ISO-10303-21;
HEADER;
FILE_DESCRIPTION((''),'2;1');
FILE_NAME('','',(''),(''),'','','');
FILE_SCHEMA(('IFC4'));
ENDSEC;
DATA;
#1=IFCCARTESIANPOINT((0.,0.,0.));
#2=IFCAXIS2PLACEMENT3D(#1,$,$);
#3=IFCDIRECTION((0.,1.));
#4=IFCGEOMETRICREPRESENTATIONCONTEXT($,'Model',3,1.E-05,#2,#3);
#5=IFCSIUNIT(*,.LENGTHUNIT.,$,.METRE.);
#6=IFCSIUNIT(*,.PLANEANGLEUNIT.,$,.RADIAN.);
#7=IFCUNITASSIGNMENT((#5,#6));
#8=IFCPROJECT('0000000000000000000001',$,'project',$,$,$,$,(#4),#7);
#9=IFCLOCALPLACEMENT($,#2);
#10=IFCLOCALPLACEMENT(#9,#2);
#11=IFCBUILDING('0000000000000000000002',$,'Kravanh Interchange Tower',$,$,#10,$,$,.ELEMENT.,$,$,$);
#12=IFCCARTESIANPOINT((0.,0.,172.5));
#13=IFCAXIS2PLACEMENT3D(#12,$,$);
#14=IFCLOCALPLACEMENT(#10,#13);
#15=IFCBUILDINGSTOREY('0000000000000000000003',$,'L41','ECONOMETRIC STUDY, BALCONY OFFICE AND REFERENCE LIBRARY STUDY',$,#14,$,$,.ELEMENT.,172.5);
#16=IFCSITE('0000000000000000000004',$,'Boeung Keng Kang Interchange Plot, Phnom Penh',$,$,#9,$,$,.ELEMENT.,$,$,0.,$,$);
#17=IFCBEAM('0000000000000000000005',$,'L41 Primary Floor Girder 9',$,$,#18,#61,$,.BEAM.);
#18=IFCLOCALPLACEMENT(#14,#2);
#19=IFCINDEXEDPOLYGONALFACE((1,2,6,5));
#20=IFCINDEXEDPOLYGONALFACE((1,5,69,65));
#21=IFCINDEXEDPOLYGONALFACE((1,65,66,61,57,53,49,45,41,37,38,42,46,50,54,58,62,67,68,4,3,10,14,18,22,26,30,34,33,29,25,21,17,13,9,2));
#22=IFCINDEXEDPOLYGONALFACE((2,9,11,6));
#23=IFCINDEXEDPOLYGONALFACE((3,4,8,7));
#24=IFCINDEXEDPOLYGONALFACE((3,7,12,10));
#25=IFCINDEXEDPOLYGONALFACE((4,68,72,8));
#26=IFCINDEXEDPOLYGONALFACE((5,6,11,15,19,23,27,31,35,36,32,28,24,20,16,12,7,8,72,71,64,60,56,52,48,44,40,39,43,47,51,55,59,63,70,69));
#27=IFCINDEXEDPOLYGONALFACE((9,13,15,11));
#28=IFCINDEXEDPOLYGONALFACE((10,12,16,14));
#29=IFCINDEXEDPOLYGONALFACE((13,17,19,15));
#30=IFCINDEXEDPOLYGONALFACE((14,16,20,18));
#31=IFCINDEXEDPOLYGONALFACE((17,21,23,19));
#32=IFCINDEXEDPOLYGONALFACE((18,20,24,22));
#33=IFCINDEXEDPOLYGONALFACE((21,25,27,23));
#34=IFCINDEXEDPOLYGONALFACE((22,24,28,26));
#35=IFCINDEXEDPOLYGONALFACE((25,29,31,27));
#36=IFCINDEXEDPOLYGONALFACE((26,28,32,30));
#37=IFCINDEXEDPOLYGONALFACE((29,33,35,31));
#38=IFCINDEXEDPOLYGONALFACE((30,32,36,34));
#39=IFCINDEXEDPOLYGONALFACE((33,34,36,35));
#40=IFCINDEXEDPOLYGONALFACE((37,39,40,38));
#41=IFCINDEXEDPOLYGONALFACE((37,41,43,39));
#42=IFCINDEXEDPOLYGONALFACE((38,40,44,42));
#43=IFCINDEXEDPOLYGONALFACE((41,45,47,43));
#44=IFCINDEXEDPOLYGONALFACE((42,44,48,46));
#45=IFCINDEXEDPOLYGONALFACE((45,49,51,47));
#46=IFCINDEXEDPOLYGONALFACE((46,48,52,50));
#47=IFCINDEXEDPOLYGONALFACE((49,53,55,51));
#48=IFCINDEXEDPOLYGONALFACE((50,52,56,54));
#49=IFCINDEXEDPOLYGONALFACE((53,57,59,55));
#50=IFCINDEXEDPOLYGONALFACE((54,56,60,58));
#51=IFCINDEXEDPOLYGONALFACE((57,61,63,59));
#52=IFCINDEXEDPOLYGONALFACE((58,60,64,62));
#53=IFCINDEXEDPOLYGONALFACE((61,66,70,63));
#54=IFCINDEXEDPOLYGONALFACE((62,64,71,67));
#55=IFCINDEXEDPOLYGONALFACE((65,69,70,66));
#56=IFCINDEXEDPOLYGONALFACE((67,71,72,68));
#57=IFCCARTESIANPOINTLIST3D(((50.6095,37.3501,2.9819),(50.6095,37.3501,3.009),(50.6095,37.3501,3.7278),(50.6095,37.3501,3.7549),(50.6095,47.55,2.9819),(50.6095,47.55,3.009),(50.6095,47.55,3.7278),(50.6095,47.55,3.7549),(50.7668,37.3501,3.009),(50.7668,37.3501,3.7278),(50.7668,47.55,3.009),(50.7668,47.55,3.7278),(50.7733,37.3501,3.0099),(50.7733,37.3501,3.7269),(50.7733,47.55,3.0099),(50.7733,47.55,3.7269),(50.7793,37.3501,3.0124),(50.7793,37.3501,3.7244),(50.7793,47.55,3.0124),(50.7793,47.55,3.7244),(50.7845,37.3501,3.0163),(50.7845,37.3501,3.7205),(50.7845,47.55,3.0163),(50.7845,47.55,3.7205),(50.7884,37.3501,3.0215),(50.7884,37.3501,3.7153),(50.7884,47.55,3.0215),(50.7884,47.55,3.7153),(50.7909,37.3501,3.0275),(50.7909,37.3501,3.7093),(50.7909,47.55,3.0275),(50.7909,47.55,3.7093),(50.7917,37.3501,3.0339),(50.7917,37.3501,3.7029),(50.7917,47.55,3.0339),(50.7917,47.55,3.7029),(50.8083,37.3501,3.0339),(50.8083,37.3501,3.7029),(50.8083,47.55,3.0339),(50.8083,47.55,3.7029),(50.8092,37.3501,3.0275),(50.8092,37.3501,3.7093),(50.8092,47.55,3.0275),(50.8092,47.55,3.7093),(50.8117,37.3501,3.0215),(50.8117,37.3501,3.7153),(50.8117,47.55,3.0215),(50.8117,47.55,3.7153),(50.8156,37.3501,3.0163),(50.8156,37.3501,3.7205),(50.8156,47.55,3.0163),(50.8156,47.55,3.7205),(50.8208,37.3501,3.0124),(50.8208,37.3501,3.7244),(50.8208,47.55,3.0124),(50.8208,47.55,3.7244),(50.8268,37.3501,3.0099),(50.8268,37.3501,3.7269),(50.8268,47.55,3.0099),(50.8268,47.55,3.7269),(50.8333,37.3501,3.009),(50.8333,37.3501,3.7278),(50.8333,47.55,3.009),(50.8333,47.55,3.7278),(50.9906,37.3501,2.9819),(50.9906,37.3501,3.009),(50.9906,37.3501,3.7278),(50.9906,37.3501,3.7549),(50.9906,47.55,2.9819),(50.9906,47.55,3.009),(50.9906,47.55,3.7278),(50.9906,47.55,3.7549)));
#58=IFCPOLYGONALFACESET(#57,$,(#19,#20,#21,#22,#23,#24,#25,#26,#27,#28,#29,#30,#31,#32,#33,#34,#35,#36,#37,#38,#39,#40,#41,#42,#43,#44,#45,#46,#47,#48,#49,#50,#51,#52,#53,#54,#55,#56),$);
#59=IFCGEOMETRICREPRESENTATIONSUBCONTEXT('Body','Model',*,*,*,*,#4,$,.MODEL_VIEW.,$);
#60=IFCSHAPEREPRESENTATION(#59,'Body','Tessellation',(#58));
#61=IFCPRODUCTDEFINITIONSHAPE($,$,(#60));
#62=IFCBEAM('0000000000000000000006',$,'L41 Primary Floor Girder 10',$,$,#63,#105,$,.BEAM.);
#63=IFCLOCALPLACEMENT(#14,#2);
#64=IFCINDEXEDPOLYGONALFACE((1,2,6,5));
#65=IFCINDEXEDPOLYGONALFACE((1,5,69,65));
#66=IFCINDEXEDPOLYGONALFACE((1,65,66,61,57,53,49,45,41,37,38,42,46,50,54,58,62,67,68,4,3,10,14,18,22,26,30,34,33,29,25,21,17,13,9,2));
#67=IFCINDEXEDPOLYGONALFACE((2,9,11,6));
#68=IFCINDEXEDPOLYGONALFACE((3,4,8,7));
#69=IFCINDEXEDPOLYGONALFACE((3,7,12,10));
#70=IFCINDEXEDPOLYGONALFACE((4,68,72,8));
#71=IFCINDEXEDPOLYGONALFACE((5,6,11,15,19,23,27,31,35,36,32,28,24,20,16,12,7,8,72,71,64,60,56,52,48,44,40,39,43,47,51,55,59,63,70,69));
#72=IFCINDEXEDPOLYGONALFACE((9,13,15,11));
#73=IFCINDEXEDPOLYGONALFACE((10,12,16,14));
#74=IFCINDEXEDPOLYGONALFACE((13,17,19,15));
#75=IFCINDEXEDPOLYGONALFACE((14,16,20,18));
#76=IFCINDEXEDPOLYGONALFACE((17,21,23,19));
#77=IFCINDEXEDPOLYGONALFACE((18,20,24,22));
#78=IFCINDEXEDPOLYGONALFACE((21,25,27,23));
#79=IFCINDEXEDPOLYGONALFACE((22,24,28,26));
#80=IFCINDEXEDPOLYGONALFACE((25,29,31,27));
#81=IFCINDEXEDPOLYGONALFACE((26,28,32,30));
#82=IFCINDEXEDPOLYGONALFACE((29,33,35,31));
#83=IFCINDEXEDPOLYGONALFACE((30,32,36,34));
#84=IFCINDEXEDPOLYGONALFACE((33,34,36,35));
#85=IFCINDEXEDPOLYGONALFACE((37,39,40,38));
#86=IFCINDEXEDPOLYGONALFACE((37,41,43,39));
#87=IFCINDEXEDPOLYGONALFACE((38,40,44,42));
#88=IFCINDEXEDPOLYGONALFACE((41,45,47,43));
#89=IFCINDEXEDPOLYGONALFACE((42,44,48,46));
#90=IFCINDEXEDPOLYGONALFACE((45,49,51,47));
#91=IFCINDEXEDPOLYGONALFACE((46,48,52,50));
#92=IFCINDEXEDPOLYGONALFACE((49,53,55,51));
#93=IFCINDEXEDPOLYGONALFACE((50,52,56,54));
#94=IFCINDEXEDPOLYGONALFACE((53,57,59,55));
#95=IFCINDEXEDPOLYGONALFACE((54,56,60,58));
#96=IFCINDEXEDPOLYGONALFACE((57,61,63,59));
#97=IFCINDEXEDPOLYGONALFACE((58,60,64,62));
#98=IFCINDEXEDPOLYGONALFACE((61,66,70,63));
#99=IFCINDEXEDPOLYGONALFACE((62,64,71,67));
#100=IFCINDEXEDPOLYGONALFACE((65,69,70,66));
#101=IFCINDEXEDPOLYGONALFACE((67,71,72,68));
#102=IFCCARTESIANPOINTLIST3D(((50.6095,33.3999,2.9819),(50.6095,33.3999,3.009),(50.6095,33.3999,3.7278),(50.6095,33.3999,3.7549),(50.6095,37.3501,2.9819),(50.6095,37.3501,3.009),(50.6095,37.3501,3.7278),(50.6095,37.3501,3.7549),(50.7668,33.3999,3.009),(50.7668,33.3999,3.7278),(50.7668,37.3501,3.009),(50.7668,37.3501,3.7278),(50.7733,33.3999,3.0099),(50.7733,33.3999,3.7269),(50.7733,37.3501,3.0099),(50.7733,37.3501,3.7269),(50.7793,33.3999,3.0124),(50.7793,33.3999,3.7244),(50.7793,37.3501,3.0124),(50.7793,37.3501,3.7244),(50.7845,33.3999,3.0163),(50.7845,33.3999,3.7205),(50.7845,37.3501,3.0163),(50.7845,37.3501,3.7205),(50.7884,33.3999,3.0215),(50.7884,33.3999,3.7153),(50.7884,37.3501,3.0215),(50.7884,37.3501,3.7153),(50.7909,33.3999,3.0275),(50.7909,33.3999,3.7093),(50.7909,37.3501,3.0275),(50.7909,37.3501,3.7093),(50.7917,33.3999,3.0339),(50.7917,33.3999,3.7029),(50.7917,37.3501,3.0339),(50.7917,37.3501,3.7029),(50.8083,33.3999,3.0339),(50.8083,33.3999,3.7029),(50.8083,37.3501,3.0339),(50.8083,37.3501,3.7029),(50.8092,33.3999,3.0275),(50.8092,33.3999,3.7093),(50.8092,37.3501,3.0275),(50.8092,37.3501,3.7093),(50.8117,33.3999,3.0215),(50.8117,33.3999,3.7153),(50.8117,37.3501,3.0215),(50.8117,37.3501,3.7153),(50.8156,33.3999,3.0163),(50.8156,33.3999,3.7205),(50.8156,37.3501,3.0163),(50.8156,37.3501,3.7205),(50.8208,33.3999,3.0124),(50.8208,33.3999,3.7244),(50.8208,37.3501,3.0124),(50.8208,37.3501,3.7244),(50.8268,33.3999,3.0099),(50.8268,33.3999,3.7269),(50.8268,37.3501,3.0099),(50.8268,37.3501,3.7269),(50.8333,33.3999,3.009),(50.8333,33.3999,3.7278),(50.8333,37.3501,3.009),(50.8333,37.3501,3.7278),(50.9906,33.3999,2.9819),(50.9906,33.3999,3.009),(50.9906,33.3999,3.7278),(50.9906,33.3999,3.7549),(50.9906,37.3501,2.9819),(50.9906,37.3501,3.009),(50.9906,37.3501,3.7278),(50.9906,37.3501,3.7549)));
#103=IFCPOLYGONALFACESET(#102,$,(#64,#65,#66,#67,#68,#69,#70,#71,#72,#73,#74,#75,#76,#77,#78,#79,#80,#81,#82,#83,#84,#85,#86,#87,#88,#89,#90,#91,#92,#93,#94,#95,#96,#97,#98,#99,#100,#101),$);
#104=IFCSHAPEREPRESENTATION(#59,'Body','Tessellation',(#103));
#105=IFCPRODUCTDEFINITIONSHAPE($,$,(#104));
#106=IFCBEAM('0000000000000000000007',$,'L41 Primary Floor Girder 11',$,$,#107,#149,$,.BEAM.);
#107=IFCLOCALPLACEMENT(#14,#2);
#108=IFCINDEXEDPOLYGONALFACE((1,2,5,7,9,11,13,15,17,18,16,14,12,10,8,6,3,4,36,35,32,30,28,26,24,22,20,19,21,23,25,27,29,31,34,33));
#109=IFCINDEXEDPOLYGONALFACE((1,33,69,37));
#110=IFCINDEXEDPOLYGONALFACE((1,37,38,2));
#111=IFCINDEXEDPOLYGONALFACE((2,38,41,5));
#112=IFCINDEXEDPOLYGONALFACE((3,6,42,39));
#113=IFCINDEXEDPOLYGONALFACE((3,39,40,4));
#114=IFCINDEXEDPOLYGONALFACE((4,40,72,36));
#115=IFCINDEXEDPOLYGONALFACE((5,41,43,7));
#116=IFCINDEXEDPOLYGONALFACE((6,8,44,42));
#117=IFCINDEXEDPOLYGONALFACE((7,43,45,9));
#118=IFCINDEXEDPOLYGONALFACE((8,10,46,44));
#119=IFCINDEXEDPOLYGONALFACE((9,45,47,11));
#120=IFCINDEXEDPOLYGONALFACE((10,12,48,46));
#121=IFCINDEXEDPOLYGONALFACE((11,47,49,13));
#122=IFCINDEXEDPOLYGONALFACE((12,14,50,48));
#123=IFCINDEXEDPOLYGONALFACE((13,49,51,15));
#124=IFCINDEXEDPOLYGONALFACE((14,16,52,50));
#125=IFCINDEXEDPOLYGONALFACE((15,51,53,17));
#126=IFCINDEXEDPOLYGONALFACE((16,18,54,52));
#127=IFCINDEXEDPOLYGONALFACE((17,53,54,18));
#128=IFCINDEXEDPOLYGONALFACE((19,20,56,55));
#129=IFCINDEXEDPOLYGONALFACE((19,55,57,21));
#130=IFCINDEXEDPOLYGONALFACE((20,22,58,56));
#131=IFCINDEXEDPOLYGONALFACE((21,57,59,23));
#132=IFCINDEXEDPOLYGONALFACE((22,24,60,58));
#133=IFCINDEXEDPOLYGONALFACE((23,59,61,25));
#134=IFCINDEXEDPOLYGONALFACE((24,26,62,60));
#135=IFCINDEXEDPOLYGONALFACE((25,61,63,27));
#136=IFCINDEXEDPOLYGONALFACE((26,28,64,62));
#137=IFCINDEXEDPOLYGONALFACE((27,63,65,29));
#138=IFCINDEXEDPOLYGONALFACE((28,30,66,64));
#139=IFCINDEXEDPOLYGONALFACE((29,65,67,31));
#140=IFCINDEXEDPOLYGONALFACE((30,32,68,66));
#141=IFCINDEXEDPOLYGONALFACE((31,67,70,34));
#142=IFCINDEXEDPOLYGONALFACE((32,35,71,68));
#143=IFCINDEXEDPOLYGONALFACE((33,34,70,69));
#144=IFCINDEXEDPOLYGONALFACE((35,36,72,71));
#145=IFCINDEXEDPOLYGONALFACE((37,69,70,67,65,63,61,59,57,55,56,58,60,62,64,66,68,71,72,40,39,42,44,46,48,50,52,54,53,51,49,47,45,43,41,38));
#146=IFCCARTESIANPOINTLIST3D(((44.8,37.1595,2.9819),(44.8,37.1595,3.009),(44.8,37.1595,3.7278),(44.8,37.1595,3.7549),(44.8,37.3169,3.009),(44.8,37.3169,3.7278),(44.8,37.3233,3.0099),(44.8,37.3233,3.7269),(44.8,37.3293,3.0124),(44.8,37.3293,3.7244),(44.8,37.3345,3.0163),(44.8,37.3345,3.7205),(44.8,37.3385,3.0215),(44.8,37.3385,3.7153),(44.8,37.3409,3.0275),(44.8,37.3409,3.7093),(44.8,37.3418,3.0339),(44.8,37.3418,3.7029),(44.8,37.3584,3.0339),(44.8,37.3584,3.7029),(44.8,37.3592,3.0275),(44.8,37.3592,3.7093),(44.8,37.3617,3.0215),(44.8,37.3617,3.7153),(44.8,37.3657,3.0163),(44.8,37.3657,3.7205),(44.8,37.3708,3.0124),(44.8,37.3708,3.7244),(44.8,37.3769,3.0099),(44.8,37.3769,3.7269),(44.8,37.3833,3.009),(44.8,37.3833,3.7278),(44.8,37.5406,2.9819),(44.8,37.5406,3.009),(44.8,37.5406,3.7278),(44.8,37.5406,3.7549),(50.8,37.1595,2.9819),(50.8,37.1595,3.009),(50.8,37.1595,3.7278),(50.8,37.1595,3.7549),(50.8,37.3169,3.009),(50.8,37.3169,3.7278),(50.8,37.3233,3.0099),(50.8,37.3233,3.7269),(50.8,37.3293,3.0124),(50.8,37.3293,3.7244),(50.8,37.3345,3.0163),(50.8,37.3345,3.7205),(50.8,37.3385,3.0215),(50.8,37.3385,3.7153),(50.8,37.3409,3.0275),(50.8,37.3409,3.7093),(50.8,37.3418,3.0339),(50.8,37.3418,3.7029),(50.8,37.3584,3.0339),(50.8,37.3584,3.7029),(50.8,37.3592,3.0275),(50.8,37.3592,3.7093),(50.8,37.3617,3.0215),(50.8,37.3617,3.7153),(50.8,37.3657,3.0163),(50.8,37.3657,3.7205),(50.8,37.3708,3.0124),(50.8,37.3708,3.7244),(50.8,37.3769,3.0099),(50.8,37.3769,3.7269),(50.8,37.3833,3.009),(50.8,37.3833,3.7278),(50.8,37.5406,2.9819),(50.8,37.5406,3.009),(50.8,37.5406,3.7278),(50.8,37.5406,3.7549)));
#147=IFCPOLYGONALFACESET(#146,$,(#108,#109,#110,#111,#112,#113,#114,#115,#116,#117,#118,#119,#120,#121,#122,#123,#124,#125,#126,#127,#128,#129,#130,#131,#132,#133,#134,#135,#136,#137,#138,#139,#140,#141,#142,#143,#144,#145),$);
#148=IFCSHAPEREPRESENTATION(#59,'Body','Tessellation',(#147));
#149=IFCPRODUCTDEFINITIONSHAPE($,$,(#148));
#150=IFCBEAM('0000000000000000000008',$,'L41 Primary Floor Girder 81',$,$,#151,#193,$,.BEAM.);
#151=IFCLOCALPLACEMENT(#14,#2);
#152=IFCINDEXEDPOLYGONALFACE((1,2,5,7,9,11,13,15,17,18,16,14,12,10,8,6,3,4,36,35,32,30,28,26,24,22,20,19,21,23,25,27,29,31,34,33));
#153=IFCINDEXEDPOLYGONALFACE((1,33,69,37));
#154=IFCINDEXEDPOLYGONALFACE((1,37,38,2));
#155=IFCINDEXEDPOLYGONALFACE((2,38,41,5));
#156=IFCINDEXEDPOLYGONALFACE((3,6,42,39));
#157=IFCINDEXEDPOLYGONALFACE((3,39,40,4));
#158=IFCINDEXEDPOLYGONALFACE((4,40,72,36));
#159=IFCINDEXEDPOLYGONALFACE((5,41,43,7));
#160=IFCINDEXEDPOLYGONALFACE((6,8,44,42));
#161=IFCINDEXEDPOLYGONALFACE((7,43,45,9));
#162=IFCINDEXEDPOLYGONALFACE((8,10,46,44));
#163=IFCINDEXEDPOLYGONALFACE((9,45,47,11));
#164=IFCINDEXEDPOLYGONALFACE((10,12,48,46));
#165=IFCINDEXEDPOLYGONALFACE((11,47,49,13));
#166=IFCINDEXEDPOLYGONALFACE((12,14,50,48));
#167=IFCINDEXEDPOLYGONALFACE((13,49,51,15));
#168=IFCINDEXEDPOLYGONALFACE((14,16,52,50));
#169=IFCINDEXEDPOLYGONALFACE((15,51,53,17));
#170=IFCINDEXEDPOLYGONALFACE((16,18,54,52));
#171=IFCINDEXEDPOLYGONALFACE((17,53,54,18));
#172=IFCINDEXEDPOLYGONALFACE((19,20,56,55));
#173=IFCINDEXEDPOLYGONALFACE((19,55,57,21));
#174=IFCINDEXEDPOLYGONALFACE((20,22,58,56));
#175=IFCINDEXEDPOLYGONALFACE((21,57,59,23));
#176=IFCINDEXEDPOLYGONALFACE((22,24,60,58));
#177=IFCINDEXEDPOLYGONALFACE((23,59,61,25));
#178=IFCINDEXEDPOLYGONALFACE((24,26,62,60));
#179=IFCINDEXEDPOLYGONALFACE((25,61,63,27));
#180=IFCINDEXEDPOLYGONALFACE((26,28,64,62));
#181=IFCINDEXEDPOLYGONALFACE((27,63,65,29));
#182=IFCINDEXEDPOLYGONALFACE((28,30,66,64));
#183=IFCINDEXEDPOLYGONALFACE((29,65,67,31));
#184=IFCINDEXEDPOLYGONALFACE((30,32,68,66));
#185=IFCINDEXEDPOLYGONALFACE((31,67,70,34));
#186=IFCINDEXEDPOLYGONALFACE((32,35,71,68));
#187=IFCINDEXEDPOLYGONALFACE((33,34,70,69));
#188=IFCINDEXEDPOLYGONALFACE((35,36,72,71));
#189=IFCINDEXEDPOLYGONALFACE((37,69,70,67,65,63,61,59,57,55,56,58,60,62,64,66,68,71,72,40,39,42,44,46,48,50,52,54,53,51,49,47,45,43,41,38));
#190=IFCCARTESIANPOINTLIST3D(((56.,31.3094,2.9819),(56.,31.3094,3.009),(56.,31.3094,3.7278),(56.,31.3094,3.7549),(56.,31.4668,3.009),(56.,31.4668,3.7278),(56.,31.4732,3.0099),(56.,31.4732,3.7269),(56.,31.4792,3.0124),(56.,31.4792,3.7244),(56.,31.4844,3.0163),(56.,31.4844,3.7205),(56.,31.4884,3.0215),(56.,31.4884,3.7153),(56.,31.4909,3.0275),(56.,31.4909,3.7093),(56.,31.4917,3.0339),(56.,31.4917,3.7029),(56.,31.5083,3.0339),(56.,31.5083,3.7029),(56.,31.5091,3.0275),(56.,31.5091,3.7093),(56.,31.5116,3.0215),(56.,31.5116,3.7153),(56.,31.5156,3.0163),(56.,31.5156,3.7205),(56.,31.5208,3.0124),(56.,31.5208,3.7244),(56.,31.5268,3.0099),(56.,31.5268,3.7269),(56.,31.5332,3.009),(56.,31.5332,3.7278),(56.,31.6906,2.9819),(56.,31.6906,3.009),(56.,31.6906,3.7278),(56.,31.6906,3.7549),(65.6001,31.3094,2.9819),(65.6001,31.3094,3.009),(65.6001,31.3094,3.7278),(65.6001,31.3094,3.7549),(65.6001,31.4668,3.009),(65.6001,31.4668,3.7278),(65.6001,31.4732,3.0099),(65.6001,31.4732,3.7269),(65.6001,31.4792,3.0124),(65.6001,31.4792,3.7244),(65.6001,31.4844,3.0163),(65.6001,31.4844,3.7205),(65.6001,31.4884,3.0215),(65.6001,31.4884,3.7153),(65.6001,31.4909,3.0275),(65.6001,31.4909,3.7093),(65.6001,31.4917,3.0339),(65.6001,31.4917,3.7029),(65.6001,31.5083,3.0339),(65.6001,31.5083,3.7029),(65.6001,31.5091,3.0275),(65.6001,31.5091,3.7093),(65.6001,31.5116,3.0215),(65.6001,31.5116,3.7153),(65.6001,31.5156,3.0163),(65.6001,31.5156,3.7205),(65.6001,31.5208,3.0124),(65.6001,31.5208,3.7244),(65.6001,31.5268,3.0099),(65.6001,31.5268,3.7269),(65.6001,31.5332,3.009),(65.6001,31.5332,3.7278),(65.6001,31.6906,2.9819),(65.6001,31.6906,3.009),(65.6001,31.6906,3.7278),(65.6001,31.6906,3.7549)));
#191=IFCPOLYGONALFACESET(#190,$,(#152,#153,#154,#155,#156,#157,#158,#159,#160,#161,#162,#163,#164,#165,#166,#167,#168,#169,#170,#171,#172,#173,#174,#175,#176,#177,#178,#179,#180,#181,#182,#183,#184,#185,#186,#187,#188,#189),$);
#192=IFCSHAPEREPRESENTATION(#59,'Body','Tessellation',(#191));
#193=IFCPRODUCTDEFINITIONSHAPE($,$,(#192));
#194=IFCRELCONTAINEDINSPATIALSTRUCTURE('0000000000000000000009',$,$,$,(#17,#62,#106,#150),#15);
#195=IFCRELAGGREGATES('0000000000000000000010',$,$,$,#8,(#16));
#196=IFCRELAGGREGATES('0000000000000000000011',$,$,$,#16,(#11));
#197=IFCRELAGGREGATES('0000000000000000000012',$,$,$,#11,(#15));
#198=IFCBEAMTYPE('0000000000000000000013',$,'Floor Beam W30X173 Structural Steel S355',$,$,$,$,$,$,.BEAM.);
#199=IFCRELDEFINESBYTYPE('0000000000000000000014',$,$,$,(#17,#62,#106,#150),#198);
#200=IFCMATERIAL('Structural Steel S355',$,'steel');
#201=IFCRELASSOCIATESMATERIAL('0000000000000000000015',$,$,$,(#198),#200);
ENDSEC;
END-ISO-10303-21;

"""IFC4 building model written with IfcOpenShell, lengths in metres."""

from ifc_helpers import new_model, si_unit, direction, frame, origin, origin_2d, place, context, subcontext, project, spatial, i_section, extrude, material, material_profile, profile_set, type_object, element, save


model = new_model("IFC4")

# Units and contexts
model_context = context("Model", 3, precision=1e-05, world=origin(), true_north=direction((0.0, 1.0)))
body_context = subcontext(model_context, "Body", "Model", "MODEL_VIEW")
ifc_project = project(units=[si_unit("LENGTHUNIT", "METRE"), si_unit("PLANEANGLEUNIT", "RADIAN")], contexts=[model_context])

# Site, building, storey
site_placement = place(None, origin())
site = spatial("IfcSite", under=ifc_project, at=site_placement, Name="Boeung Keng Kang Interchange Plot, Phnom Penh", CompositionType="ELEMENT", RefElevation=0.0)
building_placement = place(site_placement, origin())
building = spatial("IfcBuilding", under=site, at=building_placement, Name="Kravanh Interchange Tower", CompositionType="ELEMENT")
storey_placement = place(building_placement, frame((0.0, 0.0, 172.5)))
storey = spatial("IfcBuildingStorey", under=building, at=storey_placement, Name="L41", Description="ECONOMETRIC STUDY, BALCONY OFFICE AND REFERENCE LIBRARY STUDY", CompositionType="ELEMENT", Elevation=172.5)

# Beams
ifc_material_1 = material(Name="Structural Steel S355", Category="steel")
ifc_material_profile_1 = material_profile(ifc_material_1, i_section(OverallWidth=0.3811, OverallDepth=0.7729, WebThickness=0.0166, FlangeThickness=0.0271, FilletRadius=0.0249, at=origin_2d()), Name="W30X173")
ifc_profile_set_1 = profile_set([ifc_material_profile_1], Name="Structural Steel S355")
beam_type_1 = type_object("IfcBeamType", Name="Floor Beam W30X173 Structural Steel S355", PredefinedType="BEAM", material=ifc_profile_set_1)
beam_1_placement = place(storey_placement, frame((50.8, 47.55, 3.3684), z_axis=(0.0, -1.0, 0.0), x_axis=(1.0, 0.0, 0.0)))
element("IfcBeam", 1, at=beam_1_placement, inside=storey, type_object=beam_type_1, Name="L41 Primary Floor Girder 9", PredefinedType="BEAM", context=body_context, shape_type="SweptSolid", body=[
    extrude(i_section(OverallWidth=0.3811, OverallDepth=0.7729, WebThickness=0.0166, FlangeThickness=0.0271, FilletRadius=0.0249, at=origin_2d()), origin(), (0.0, 0.0, 1.0), 10.2),
])
beam_2_placement = place(storey_placement, frame((50.8, 37.3501, 3.3684), z_axis=(0.0, -1.0, 0.0), x_axis=(1.0, 0.0, 0.0)))
element("IfcBeam", 2, at=beam_2_placement, inside=storey, type_object=beam_type_1, Name="L41 Primary Floor Girder 10", PredefinedType="BEAM", context=body_context, shape_type="SweptSolid", body=[
    extrude(i_section(OverallWidth=0.3811, OverallDepth=0.7729, WebThickness=0.0166, FlangeThickness=0.0271, FilletRadius=0.0249, at=origin_2d()), origin(), (0.0, 0.0, 1.0), 3.9502),
])
beam_3_placement = place(storey_placement, frame((50.8, 37.3501, 3.3684), z_axis=(-1.0, 0.0, 0.0), x_axis=(0.0, -1.0, 0.0)))
element("IfcBeam", 3, at=beam_3_placement, inside=storey, type_object=beam_type_1, Name="L41 Primary Floor Girder 11", PredefinedType="BEAM", context=body_context, shape_type="SweptSolid", body=[
    extrude(i_section(OverallWidth=0.3811, OverallDepth=0.7729, WebThickness=0.0166, FlangeThickness=0.0271, FilletRadius=0.0249, at=origin_2d()), origin(), (0.0, 0.0, 1.0), 6.0),
])
beam_4_placement = place(storey_placement, frame((56.0, 31.5, 3.3684), z_axis=(1.0, 0.0, 0.0), x_axis=(0.0, 1.0, 0.0)))
element("IfcBeam", 4, at=beam_4_placement, inside=storey, type_object=beam_type_1, Name="L41 Primary Floor Girder 81", PredefinedType="BEAM", context=body_context, shape_type="SweptSolid", body=[
    extrude(i_section(OverallWidth=0.3811, OverallDepth=0.7729, WebThickness=0.0166, FlangeThickness=0.0271, FilletRadius=0.0249, at=origin_2d()), origin(), (0.0, 0.0, 1.0), 9.6001),
])

save(model, "model.ifc")
